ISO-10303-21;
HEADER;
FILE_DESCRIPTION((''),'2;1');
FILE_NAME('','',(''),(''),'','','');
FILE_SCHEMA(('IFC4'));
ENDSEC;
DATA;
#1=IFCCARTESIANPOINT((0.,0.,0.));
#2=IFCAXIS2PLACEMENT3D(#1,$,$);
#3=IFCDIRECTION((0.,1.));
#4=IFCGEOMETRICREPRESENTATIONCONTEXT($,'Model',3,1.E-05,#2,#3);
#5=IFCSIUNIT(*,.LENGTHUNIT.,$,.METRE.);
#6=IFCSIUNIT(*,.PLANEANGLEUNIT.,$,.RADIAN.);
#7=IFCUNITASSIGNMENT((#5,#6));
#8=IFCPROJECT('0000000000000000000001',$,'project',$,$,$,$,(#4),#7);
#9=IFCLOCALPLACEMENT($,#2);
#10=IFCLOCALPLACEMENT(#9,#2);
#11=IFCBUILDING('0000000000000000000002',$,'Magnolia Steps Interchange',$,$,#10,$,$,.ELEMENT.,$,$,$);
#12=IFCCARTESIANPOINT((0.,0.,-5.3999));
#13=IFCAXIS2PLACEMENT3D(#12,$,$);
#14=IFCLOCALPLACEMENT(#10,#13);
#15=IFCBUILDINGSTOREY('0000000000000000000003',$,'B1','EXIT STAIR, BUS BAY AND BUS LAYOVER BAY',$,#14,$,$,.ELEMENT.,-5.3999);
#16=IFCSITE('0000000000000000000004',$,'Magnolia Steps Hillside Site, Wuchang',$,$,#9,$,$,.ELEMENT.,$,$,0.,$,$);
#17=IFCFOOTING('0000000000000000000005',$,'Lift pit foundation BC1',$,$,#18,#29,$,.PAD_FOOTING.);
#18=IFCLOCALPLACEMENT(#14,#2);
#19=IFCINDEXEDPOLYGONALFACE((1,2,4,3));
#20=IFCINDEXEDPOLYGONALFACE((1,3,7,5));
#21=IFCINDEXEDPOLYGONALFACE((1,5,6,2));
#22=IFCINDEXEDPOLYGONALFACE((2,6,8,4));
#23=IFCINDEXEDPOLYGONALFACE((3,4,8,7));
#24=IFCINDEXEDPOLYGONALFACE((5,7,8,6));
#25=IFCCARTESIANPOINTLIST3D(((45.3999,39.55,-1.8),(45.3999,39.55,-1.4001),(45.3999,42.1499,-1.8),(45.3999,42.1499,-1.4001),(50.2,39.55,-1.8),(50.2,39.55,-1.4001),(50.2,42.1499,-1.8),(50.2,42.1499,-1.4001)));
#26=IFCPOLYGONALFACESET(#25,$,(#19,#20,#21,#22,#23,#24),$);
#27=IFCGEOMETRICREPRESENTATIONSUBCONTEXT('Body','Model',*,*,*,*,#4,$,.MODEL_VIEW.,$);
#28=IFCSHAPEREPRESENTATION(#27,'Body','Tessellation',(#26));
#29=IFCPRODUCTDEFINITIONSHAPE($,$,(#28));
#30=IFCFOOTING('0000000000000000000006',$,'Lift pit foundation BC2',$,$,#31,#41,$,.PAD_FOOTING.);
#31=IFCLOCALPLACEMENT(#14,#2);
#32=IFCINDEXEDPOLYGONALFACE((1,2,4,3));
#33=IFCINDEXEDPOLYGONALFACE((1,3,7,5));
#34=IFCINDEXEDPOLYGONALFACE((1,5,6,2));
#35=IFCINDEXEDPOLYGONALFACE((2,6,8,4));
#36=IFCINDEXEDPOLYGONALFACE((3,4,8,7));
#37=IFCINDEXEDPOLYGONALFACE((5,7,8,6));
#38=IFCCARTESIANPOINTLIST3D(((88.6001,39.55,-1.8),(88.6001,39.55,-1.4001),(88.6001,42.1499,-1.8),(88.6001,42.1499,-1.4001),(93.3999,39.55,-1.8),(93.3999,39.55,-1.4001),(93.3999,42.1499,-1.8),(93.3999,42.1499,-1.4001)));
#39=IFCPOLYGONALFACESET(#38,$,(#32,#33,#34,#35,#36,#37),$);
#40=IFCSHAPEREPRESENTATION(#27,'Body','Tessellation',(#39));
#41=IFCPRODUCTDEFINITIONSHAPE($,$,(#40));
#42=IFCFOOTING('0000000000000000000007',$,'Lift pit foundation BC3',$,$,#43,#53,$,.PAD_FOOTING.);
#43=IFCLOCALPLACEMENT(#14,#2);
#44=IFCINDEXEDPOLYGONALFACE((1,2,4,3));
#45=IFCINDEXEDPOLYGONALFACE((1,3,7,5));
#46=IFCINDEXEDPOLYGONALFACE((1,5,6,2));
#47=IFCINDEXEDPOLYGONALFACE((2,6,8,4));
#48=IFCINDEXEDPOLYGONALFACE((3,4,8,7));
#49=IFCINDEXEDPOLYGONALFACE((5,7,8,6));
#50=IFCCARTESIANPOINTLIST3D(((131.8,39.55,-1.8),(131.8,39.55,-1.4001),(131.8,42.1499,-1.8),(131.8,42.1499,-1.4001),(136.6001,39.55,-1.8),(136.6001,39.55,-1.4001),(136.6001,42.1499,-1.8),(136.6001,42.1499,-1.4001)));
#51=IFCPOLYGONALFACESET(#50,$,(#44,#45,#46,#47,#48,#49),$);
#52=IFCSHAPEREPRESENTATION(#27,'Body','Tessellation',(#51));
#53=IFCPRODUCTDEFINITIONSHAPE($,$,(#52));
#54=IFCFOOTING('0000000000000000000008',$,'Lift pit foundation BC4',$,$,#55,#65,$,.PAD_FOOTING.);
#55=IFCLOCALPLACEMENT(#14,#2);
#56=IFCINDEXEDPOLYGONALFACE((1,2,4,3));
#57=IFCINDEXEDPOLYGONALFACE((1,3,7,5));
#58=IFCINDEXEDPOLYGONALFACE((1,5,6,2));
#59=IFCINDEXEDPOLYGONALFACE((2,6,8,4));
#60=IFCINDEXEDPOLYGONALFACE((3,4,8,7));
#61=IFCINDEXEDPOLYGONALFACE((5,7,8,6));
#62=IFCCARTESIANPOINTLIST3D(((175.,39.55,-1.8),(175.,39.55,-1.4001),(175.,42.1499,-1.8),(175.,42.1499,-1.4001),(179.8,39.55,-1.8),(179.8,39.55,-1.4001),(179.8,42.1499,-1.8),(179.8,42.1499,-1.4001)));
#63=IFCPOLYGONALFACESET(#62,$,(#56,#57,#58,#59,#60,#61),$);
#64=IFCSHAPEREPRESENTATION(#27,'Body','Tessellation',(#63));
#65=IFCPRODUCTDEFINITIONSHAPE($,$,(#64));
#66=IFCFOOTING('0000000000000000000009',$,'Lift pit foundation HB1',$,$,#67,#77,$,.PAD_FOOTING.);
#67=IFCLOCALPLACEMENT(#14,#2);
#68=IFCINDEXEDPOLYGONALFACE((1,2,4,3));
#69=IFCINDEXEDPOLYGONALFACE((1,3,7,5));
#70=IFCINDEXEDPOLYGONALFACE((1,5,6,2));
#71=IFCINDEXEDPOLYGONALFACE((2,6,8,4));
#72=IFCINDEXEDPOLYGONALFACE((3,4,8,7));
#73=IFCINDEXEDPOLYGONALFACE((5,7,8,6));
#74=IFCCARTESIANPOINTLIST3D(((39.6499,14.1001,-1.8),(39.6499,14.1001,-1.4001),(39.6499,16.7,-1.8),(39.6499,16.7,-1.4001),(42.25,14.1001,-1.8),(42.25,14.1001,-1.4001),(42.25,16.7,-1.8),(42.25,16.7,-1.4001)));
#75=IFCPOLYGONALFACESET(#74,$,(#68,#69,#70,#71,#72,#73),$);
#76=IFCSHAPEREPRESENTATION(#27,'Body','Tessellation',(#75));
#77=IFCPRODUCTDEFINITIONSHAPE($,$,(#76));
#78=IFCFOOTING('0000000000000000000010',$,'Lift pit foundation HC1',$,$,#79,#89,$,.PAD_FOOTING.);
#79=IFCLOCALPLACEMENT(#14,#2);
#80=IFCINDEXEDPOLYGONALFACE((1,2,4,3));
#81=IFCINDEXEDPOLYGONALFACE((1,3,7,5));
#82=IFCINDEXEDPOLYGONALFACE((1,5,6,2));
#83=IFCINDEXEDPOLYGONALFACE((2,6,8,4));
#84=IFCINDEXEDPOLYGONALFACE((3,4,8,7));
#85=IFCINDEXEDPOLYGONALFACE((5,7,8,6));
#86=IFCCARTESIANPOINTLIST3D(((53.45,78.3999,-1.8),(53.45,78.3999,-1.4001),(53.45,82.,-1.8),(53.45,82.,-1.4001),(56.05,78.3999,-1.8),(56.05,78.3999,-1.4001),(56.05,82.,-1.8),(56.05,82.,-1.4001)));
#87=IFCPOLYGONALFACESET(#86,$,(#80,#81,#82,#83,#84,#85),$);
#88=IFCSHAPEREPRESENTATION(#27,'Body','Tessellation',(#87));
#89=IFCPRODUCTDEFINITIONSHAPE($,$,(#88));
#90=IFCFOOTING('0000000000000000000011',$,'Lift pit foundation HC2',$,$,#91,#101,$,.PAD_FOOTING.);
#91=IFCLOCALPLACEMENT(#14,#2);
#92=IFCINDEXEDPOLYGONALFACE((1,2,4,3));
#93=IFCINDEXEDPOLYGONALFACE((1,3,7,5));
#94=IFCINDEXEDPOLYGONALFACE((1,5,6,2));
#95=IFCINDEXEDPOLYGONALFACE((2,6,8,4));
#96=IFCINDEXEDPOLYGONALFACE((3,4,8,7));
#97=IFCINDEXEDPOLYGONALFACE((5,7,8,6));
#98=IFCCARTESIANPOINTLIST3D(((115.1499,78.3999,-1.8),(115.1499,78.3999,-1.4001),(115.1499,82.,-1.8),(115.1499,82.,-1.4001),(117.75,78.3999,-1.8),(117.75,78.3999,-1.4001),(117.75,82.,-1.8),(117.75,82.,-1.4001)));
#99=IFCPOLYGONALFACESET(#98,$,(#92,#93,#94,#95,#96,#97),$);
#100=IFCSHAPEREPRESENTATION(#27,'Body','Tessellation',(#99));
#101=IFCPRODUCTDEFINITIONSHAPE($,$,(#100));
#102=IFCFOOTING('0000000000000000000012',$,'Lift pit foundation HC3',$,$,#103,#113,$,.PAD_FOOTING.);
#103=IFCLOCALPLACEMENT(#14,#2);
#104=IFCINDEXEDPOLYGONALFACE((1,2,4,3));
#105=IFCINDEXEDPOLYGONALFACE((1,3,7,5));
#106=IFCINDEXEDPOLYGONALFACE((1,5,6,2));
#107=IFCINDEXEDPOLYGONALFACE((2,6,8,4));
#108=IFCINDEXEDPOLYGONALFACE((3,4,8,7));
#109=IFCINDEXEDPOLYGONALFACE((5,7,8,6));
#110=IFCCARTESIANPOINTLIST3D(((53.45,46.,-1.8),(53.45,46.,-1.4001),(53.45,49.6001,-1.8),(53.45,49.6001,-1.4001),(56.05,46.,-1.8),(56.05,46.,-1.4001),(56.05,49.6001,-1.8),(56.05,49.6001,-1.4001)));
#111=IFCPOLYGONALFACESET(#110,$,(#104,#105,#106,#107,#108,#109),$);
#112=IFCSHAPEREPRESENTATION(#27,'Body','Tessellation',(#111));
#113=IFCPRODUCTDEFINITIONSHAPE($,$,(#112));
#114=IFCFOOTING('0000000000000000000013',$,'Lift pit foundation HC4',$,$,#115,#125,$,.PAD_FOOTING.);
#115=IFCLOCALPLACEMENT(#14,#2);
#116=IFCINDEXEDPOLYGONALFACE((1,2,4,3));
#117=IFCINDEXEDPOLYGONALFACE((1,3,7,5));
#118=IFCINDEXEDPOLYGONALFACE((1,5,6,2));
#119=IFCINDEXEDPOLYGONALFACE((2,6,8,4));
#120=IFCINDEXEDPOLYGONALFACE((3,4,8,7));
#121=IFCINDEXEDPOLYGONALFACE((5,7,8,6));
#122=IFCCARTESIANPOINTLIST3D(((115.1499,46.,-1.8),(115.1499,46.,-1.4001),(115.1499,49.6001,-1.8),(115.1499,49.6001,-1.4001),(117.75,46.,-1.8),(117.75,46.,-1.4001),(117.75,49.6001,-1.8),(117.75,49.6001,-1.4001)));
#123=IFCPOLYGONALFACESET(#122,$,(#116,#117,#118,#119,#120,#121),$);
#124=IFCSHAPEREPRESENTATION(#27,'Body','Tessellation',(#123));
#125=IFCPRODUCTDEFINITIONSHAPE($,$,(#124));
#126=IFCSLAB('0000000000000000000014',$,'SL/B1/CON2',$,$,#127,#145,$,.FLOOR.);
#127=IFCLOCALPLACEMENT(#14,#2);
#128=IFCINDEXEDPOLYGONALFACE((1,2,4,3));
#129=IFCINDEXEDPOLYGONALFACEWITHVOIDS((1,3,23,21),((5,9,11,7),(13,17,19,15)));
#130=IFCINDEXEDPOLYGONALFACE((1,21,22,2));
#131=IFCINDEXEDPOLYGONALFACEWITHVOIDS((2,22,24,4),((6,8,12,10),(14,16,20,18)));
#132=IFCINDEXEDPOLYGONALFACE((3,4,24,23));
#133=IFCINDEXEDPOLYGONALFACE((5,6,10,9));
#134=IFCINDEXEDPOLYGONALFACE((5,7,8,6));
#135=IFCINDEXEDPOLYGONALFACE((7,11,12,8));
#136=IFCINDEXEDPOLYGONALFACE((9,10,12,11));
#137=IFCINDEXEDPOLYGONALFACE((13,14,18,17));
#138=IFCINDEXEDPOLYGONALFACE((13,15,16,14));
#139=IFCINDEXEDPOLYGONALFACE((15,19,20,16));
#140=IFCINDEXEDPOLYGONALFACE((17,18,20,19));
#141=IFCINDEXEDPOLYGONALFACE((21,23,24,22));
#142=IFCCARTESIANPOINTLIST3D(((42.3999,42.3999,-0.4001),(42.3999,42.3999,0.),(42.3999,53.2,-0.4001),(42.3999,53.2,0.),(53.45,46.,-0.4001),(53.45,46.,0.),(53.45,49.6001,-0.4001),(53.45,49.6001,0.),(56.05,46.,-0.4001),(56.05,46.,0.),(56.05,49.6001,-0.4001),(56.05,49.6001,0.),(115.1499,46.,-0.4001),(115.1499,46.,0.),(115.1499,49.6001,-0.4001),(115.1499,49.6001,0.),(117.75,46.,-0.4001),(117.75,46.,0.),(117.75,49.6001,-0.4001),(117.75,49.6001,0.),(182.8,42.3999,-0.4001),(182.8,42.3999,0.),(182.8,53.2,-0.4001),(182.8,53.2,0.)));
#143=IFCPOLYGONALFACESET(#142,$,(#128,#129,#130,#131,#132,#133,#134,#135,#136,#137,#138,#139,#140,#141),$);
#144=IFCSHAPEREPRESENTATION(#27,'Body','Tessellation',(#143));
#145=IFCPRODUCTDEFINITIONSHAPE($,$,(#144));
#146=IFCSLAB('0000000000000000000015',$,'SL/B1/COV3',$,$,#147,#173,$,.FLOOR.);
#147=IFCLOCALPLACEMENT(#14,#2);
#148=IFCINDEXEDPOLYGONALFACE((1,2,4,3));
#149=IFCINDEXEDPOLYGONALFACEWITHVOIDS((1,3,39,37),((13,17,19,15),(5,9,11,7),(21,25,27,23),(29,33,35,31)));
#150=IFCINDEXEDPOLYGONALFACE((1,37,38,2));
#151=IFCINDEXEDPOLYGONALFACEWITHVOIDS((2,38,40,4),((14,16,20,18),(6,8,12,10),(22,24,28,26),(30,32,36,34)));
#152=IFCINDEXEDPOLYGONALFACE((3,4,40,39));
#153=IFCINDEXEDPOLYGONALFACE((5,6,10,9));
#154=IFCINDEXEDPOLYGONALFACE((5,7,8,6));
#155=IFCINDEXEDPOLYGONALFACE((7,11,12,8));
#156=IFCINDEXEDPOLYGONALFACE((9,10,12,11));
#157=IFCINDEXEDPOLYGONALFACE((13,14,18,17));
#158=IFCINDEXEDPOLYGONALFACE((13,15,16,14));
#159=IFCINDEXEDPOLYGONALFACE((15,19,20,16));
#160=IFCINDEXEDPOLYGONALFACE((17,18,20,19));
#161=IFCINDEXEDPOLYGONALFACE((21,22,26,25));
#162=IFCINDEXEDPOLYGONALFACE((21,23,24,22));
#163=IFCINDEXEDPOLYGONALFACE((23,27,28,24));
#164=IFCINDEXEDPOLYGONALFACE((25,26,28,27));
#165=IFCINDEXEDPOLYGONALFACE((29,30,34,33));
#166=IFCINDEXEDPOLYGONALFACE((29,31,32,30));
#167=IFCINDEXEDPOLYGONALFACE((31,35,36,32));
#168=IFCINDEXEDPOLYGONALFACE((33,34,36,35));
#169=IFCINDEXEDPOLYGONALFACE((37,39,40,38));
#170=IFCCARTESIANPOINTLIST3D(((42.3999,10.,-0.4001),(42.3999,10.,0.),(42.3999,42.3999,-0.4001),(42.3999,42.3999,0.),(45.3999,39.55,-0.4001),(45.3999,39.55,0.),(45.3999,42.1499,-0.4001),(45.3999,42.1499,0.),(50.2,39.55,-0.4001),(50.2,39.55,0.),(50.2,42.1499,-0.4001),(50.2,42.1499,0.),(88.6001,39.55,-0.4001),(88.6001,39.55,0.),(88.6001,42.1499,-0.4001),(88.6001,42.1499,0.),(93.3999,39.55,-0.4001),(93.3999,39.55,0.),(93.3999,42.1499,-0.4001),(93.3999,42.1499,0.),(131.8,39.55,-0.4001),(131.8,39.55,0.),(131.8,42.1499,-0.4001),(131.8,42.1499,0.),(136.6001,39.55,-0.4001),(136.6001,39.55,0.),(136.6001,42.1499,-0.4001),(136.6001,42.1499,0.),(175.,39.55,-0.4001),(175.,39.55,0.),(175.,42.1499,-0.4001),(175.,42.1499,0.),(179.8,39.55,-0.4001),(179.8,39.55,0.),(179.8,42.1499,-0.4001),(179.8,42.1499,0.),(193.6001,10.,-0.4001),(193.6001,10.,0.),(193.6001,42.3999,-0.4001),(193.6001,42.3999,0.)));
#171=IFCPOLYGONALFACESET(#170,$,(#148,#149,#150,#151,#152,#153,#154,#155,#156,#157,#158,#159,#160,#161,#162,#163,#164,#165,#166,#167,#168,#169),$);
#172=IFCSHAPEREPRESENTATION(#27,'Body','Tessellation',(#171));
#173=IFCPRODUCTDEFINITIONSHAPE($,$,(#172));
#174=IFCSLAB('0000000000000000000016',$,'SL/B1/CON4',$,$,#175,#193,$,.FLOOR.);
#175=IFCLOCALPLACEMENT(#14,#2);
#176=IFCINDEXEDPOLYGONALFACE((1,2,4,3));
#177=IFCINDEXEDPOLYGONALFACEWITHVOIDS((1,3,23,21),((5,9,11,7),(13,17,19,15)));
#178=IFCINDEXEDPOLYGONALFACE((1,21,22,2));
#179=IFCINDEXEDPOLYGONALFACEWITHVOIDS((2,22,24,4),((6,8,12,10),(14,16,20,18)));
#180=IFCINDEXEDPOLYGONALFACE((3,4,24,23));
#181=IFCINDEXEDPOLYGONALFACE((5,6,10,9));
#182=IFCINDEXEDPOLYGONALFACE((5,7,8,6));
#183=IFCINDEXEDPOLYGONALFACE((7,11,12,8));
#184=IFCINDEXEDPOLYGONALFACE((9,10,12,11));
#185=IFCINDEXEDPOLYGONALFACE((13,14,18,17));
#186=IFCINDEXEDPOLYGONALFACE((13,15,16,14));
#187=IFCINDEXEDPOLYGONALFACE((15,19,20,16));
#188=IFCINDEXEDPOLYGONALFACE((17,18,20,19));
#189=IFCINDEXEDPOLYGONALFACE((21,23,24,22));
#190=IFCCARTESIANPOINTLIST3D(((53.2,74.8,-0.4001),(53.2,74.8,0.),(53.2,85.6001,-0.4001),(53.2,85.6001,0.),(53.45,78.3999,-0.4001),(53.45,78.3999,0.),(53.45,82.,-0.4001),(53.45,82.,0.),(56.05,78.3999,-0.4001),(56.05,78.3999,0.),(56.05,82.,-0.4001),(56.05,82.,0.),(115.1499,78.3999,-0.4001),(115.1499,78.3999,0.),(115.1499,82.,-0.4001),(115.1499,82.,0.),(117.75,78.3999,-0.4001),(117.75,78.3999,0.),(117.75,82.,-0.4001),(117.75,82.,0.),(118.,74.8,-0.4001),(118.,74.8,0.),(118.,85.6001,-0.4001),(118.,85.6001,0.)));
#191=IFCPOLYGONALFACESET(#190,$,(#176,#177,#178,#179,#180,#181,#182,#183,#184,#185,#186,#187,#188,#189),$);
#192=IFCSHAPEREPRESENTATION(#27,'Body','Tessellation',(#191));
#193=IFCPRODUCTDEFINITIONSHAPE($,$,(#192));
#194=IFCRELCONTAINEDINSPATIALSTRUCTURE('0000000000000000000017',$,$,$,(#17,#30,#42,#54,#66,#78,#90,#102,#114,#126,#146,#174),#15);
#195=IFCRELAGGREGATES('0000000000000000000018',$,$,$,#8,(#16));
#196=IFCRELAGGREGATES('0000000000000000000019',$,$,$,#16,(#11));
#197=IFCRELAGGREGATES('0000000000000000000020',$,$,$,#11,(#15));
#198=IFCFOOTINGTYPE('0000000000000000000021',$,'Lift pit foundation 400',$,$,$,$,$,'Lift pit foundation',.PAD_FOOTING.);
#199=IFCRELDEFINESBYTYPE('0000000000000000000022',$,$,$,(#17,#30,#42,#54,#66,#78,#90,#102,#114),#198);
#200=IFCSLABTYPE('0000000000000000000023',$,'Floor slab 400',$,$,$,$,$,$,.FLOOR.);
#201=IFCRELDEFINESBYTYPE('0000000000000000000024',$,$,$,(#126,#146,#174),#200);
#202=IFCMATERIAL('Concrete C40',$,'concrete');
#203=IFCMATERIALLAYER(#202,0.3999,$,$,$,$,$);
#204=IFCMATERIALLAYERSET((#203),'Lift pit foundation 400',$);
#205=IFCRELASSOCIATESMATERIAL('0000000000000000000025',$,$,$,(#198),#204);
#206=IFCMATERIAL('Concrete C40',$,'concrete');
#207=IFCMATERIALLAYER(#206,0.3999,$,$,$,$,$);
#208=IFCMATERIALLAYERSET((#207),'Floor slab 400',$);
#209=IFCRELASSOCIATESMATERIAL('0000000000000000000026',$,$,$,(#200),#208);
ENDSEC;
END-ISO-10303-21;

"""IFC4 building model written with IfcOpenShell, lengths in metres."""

from ifc_helpers import new_model, si_unit, direction, frame, origin, place, context, subcontext, project, spatial, polyline, outline, extrude, material, layer, layer_set, type_object, element, save


model = new_model("IFC4")

# Units and contexts
model_context = context("Model", 3, precision=1e-05, world=origin(), true_north=direction((0.0, 1.0)))
body_context = subcontext(model_context, "Body", "Model", "MODEL_VIEW")
ifc_project = project(units=[si_unit("LENGTHUNIT", "METRE"), si_unit("PLANEANGLEUNIT", "RADIAN")], contexts=[model_context])

# Site, building, storey
site_placement = place(None, origin())
site = spatial("IfcSite", under=ifc_project, at=site_placement, Name="Magnolia Steps Hillside Site, Wuchang", CompositionType="ELEMENT", RefElevation=0.0)
building_placement = place(site_placement, origin())
building = spatial("IfcBuilding", under=site, at=building_placement, Name="Magnolia Steps Interchange", CompositionType="ELEMENT")
storey_placement = place(building_placement, frame((0.0, 0.0, -5.3999)))
storey = spatial("IfcBuildingStorey", under=building, at=storey_placement, Name="B1", Description="EXIT STAIR, BUS BAY AND BUS LAYOVER BAY", CompositionType="ELEMENT", Elevation=-5.3999)

# Footings
ifc_material_1 = material(Name="Concrete C40", Category="concrete")
ifc_layer_1 = layer(ifc_material_1, 0.3999)
ifc_layer_set_1 = layer_set([ifc_layer_1], Name="Lift pit foundation 400")
footing_type = type_object("IfcFootingType", Name="Lift pit foundation 400", ElementType="Lift pit foundation", PredefinedType="PAD_FOOTING", material=ifc_layer_set_1)
footing_1_placement = place(storey_placement, frame((0.0, 0.0, -1.8)))
element("IfcFooting", 1, at=footing_1_placement, inside=storey, type_object=footing_type, Name="Lift pit foundation BC1", PredefinedType="PAD_FOOTING", context=body_context, shape_type="SweptSolid", body=[
    extrude(outline(polyline([(45.3999, 39.55), (50.2, 39.55), (50.2, 42.1499), (45.3999, 42.1499), (45.3999, 39.55)])), origin(), (0.0, 0.0, 1.0), 0.3999),
])
footing_2_placement = place(storey_placement, frame((0.0, 0.0, -1.8)))
element("IfcFooting", 2, at=footing_2_placement, inside=storey, type_object=footing_type, Name="Lift pit foundation BC2", PredefinedType="PAD_FOOTING", context=body_context, shape_type="SweptSolid", body=[
    extrude(outline(polyline([(88.6001, 39.55), (93.3999, 39.55), (93.3999, 42.1499), (88.6001, 42.1499), (88.6001, 39.55)])), origin(), (0.0, 0.0, 1.0), 0.3999),
])
footing_3_placement = place(storey_placement, frame((0.0, 0.0, -1.8)))
element("IfcFooting", 3, at=footing_3_placement, inside=storey, type_object=footing_type, Name="Lift pit foundation BC3", PredefinedType="PAD_FOOTING", context=body_context, shape_type="SweptSolid", body=[
    extrude(outline(polyline([(131.8, 39.55), (136.6001, 39.55), (136.6001, 42.1499), (131.8, 42.1499), (131.8, 39.55)])), origin(), (0.0, 0.0, 1.0), 0.3999),
])
footing_4_placement = place(storey_placement, frame((0.0, 0.0, -1.8)))
element("IfcFooting", 4, at=footing_4_placement, inside=storey, type_object=footing_type, Name="Lift pit foundation BC4", PredefinedType="PAD_FOOTING", context=body_context, shape_type="SweptSolid", body=[
    extrude(outline(polyline([(175.0, 39.55), (179.8, 39.55), (179.8, 42.1499), (175.0, 42.1499), (175.0, 39.55)])), origin(), (0.0, 0.0, 1.0), 0.3999),
])
footing_5_placement = place(storey_placement, frame((0.0, 0.0, -1.8)))
element("IfcFooting", 5, at=footing_5_placement, inside=storey, type_object=footing_type, Name="Lift pit foundation HB1", PredefinedType="PAD_FOOTING", context=body_context, shape_type="SweptSolid", body=[
    extrude(outline(polyline([(39.6499, 16.7), (39.6499, 14.1001), (42.25, 14.1001), (42.25, 16.7), (39.6499, 16.7)])), origin(), (0.0, 0.0, 1.0), 0.3999),
])
footing_6_placement = place(storey_placement, frame((0.0, 0.0, -1.8)))
element("IfcFooting", 6, at=footing_6_placement, inside=storey, type_object=footing_type, Name="Lift pit foundation HC1", PredefinedType="PAD_FOOTING", context=body_context, shape_type="SweptSolid", body=[
    extrude(outline(polyline([(56.05, 78.3999), (56.05, 82.0), (53.45, 82.0), (53.45, 78.3999), (56.05, 78.3999)])), origin(), (0.0, 0.0, 1.0), 0.3999),
])
footing_7_placement = place(storey_placement, frame((0.0, 0.0, -1.8)))
element("IfcFooting", 7, at=footing_7_placement, inside=storey, type_object=footing_type, Name="Lift pit foundation HC2", PredefinedType="PAD_FOOTING", context=body_context, shape_type="SweptSolid", body=[
    extrude(outline(polyline([(115.1499, 82.0), (115.1499, 78.3999), (117.75, 78.3999), (117.75, 82.0), (115.1499, 82.0)])), origin(), (0.0, 0.0, 1.0), 0.3999),
])
footing_8_placement = place(storey_placement, frame((0.0, 0.0, -1.8)))
element("IfcFooting", 8, at=footing_8_placement, inside=storey, type_object=footing_type, Name="Lift pit foundation HC3", PredefinedType="PAD_FOOTING", context=body_context, shape_type="SweptSolid", body=[
    extrude(outline(polyline([(56.05, 46.0), (56.05, 49.6001), (53.45, 49.6001), (53.45, 46.0), (56.05, 46.0)])), origin(), (0.0, 0.0, 1.0), 0.3999),
])
footing_9_placement = place(storey_placement, frame((0.0, 0.0, -1.8)))
element("IfcFooting", 9, at=footing_9_placement, inside=storey, type_object=footing_type, Name="Lift pit foundation HC4", PredefinedType="PAD_FOOTING", context=body_context, shape_type="SweptSolid", body=[
    extrude(outline(polyline([(115.1499, 49.6001), (115.1499, 46.0), (117.75, 46.0), (117.75, 49.6001), (115.1499, 49.6001)])), origin(), (0.0, 0.0, 1.0), 0.3999),
])

# Slabs
ifc_material_2 = material(Name="Concrete C40", Category="concrete")
ifc_layer_2 = layer(ifc_material_2, 0.3999)
ifc_layer_set_2 = layer_set([ifc_layer_2], Name="Floor slab 400")
slab_type = type_object("IfcSlabType", Name="Floor slab 400", PredefinedType="FLOOR", material=ifc_layer_set_2)
slab_1_placement = place(storey_placement, frame((0.0, 0.0, -0.4001)))
element("IfcSlab", 10, at=slab_1_placement, inside=storey, type_object=slab_type, Name="SL/B1/CON2", PredefinedType="FLOOR", context=body_context, shape_type="SweptSolid", body=[
    extrude(outline(polyline([(42.3999, 42.3999), (182.8, 42.3999), (182.8, 53.2), (42.3999, 53.2), (42.3999, 42.3999)]), holes=[polyline([(56.05, 46.0), (56.05, 49.6001), (53.45, 49.6001), (53.45, 46.0), (56.05, 46.0)]), polyline([(115.1499, 49.6001), (115.1499, 46.0), (117.75, 46.0), (117.75, 49.6001), (115.1499, 49.6001)])]), origin(), (0.0, 0.0, 1.0), 0.4001),
])
slab_2_placement = place(storey_placement, frame((0.0, 0.0, -0.4001)))
element("IfcSlab", 11, at=slab_2_placement, inside=storey, type_object=slab_type, Name="SL/B1/COV3", PredefinedType="FLOOR", context=body_context, shape_type="SweptSolid", body=[
    extrude(outline(polyline([(42.3999, 10.0), (193.6001, 10.0), (193.6001, 42.3999), (42.3999, 42.3999), (42.3999, 10.0)]), holes=[polyline([(45.3999, 42.1499), (45.3999, 39.55), (50.2, 39.55), (50.2, 42.1499), (45.3999, 42.1499)]), polyline([(88.6001, 42.1499), (88.6001, 39.55), (93.3999, 39.55), (93.3999, 42.1499), (88.6001, 42.1499)]), polyline([(131.8, 42.1499), (131.8, 39.55), (136.6001, 39.55), (136.6001, 42.1499), (131.8, 42.1499)]), polyline([(175.0, 42.1499), (175.0, 39.55), (179.8, 39.55), (179.8, 42.1499), (175.0, 42.1499)])]), origin(), (0.0, 0.0, 1.0), 0.4001),
])
slab_3_placement = place(storey_placement, frame((0.0, 0.0, -0.4001)))
element("IfcSlab", 12, at=slab_3_placement, inside=storey, type_object=slab_type, Name="SL/B1/CON4", PredefinedType="FLOOR", context=body_context, shape_type="SweptSolid", body=[
    extrude(outline(polyline([(53.2, 74.8), (118.0, 74.8), (118.0, 85.6001), (53.2, 85.6001), (53.2, 74.8)]), holes=[polyline([(56.05, 78.3999), (56.05, 82.0), (53.45, 82.0), (53.45, 78.3999), (56.05, 78.3999)]), polyline([(115.1499, 82.0), (115.1499, 78.3999), (117.75, 78.3999), (117.75, 82.0), (115.1499, 82.0)])]), origin(), (0.0, 0.0, 1.0), 0.4001),
])

save(model, "model.ifc")
